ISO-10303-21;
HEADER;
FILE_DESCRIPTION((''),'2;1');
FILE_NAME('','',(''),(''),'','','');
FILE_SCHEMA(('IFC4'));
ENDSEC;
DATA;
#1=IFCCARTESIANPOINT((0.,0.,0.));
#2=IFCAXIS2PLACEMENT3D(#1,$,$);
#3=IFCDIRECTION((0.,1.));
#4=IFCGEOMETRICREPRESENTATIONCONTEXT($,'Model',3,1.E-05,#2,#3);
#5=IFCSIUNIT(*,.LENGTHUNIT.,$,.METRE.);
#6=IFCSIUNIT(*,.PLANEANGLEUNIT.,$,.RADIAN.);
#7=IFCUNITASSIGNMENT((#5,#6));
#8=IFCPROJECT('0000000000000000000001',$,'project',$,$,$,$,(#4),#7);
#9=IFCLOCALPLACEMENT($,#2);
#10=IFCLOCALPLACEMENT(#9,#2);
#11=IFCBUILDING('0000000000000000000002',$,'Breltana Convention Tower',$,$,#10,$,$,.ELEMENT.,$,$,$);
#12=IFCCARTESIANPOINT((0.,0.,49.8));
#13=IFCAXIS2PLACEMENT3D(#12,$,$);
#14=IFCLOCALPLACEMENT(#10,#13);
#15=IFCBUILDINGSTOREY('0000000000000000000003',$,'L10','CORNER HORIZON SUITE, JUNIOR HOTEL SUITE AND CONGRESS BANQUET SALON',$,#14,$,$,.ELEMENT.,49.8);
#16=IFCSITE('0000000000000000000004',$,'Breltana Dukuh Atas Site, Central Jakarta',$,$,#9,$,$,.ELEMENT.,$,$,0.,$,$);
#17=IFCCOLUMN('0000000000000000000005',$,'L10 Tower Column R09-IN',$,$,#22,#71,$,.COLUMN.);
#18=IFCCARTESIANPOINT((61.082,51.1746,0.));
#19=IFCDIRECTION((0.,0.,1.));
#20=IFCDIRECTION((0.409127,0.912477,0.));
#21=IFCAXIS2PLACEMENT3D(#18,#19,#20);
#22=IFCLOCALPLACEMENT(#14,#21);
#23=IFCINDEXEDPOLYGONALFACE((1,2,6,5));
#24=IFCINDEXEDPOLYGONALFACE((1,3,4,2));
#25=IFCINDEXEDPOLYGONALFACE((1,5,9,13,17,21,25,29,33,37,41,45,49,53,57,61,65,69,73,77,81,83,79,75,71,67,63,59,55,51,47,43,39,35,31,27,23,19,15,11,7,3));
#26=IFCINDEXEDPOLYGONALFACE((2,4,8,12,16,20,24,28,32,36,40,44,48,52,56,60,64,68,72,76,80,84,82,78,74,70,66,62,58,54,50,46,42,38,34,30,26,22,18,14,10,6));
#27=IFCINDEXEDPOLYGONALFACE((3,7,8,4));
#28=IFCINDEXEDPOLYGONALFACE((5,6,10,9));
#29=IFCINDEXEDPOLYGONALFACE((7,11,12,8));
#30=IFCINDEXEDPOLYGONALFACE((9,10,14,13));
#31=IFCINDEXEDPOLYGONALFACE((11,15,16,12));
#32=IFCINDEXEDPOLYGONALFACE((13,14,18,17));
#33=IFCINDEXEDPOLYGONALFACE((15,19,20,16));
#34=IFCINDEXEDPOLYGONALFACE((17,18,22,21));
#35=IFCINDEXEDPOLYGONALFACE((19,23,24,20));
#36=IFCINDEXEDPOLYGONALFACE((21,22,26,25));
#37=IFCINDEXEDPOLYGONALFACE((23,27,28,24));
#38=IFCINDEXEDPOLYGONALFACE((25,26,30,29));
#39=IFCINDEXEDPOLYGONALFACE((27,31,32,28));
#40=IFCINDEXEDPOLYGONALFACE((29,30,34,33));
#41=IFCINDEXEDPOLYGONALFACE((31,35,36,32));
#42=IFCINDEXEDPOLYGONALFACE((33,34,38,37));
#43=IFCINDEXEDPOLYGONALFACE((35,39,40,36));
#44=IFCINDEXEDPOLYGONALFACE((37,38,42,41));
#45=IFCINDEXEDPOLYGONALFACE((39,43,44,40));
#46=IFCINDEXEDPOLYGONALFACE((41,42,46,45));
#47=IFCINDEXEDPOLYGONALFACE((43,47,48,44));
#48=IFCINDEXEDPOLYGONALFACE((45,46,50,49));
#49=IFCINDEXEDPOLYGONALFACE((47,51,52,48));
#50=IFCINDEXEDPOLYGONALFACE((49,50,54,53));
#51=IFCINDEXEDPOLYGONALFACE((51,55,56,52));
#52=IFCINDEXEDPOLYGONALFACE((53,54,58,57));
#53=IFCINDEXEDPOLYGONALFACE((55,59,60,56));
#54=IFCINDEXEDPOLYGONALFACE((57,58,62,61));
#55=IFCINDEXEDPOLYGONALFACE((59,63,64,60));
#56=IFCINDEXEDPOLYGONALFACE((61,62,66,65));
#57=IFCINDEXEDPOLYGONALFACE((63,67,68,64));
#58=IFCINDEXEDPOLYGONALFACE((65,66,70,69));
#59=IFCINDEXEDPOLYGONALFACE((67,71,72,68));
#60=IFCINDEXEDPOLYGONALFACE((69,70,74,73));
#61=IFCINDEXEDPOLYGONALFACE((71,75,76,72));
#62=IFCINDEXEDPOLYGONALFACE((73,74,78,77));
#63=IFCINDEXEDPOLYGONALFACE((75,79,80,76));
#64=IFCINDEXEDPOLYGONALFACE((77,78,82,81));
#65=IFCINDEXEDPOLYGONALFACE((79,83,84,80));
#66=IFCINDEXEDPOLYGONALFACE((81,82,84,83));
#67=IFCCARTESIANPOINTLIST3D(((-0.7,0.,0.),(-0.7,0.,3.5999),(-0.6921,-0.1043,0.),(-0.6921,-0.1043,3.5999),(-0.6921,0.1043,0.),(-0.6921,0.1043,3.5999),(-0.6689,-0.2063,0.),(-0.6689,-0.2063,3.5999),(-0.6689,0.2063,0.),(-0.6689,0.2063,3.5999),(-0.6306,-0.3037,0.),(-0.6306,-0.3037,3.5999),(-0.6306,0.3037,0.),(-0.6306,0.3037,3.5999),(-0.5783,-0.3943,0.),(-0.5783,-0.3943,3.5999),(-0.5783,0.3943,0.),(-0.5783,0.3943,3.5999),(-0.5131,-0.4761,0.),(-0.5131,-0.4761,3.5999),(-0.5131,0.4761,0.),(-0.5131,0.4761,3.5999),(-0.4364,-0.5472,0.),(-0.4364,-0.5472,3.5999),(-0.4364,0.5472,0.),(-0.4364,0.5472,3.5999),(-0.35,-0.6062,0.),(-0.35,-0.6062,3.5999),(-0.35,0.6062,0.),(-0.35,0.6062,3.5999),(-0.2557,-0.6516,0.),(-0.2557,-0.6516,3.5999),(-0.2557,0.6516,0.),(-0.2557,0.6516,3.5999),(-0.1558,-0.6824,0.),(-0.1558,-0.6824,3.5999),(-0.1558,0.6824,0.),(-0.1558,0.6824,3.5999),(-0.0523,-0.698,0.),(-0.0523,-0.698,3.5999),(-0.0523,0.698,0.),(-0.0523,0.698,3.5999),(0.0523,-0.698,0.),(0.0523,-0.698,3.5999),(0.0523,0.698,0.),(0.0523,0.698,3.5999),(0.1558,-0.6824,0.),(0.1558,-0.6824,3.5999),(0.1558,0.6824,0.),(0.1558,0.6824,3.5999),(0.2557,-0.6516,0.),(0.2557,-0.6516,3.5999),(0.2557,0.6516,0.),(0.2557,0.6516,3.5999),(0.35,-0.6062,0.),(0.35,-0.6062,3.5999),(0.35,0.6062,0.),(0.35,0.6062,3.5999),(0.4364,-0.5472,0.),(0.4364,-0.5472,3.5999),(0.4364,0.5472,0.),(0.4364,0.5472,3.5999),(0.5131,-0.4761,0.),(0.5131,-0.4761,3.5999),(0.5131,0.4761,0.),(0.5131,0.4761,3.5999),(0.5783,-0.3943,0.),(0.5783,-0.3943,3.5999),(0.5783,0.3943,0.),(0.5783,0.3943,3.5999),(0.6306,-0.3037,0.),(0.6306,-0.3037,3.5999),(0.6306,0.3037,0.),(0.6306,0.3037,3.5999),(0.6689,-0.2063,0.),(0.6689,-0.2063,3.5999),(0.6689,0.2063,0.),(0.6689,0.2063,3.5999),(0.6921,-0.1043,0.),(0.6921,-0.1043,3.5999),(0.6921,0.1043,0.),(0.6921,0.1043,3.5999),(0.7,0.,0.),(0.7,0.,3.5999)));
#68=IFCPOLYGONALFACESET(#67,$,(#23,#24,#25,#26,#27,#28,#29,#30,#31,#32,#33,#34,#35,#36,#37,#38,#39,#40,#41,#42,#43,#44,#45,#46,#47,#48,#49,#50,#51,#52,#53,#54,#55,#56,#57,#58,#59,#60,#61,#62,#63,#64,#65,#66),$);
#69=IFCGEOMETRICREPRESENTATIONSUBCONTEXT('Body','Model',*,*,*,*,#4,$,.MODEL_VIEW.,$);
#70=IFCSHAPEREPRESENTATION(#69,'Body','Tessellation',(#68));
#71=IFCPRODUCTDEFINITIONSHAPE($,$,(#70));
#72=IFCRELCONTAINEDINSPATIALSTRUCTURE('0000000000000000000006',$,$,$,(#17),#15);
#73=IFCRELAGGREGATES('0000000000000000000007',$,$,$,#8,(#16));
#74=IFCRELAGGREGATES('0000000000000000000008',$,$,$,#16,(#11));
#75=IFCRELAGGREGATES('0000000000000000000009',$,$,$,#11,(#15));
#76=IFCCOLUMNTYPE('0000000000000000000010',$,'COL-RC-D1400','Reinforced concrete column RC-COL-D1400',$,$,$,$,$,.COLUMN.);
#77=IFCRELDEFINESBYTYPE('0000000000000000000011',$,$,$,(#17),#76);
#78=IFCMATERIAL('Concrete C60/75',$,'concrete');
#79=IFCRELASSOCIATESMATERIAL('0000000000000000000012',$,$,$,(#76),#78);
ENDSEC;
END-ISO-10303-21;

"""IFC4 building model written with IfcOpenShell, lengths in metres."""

from ifc_helpers import new_model, si_unit, direction, frame, origin, origin_2d, place, context, subcontext, project, spatial, circle, extrude, source, transform, mapped, material, material_profile, profile_set, type_object, element, save


model = new_model("IFC4")

# Units and contexts
model_context = context("Model", 3, precision=1e-05, world=origin(), true_north=direction((0.0, 1.0)))
body_context = subcontext(model_context, "Body", "Model", "MODEL_VIEW")
ifc_project = project(units=[si_unit("LENGTHUNIT", "METRE"), si_unit("PLANEANGLEUNIT", "RADIAN")], contexts=[model_context])

# Site, building, storey
site_placement = place(None, origin())
site = spatial("IfcSite", under=ifc_project, at=site_placement, Name="Breltana Dukuh Atas Site, Central Jakarta", CompositionType="ELEMENT", RefElevation=0.0)
building_placement = place(site_placement, origin())
building = spatial("IfcBuilding", under=site, at=building_placement, Name="Breltana Convention Tower", CompositionType="ELEMENT")
storey_placement = place(building_placement, frame((0.0, 0.0, 49.8)))
storey = spatial("IfcBuildingStorey", under=building, at=storey_placement, Name="L10", Description="CORNER HORIZON SUITE, JUNIOR HOTEL SUITE AND CONGRESS BANQUET SALON", CompositionType="ELEMENT", Elevation=49.8)

# Column
ifc_material_1 = material(Name="Concrete C60/75", Category="concrete")
ifc_material_profile_1 = material_profile(ifc_material_1, circle(Radius=0.7, at=origin_2d()), Name="RC-COL-D1400")
ifc_profile_set_1 = profile_set([ifc_material_profile_1], Name="Concrete C60/75")
column_type = type_object("IfcColumnType", Name="COL-RC-D1400", Description="Reinforced concrete column RC-COL-D1400", PredefinedType="COLUMN", material=ifc_profile_set_1)
shared_shape_1 = source(origin(), body_context, "Body", "SweptSolid", [
    extrude(circle(Radius=0.7, at=origin_2d()), origin(), (0.0, 0.0, 1.0), 3.5999),
])
for number, where, z_axis, x_axis, name in (
    (1, (61.082, 51.1746, 0.0), (0.0, 0.0, 1.0), (0.409127, 0.912477, 0.0), "L10 Tower Column R09-IN"),
):
    element("IfcColumn", number, at=place(storey_placement, frame(where, z_axis=z_axis, x_axis=x_axis)), inside=storey, type_object=column_type, Name=name, PredefinedType="COLUMN", context=body_context, shape_type="MappedRepresentation", body=[
        mapped(shared_shape_1, transform((0.0, 0.0, 0.0), scale=1.0)),
    ])

save(model, "model.ifc")
